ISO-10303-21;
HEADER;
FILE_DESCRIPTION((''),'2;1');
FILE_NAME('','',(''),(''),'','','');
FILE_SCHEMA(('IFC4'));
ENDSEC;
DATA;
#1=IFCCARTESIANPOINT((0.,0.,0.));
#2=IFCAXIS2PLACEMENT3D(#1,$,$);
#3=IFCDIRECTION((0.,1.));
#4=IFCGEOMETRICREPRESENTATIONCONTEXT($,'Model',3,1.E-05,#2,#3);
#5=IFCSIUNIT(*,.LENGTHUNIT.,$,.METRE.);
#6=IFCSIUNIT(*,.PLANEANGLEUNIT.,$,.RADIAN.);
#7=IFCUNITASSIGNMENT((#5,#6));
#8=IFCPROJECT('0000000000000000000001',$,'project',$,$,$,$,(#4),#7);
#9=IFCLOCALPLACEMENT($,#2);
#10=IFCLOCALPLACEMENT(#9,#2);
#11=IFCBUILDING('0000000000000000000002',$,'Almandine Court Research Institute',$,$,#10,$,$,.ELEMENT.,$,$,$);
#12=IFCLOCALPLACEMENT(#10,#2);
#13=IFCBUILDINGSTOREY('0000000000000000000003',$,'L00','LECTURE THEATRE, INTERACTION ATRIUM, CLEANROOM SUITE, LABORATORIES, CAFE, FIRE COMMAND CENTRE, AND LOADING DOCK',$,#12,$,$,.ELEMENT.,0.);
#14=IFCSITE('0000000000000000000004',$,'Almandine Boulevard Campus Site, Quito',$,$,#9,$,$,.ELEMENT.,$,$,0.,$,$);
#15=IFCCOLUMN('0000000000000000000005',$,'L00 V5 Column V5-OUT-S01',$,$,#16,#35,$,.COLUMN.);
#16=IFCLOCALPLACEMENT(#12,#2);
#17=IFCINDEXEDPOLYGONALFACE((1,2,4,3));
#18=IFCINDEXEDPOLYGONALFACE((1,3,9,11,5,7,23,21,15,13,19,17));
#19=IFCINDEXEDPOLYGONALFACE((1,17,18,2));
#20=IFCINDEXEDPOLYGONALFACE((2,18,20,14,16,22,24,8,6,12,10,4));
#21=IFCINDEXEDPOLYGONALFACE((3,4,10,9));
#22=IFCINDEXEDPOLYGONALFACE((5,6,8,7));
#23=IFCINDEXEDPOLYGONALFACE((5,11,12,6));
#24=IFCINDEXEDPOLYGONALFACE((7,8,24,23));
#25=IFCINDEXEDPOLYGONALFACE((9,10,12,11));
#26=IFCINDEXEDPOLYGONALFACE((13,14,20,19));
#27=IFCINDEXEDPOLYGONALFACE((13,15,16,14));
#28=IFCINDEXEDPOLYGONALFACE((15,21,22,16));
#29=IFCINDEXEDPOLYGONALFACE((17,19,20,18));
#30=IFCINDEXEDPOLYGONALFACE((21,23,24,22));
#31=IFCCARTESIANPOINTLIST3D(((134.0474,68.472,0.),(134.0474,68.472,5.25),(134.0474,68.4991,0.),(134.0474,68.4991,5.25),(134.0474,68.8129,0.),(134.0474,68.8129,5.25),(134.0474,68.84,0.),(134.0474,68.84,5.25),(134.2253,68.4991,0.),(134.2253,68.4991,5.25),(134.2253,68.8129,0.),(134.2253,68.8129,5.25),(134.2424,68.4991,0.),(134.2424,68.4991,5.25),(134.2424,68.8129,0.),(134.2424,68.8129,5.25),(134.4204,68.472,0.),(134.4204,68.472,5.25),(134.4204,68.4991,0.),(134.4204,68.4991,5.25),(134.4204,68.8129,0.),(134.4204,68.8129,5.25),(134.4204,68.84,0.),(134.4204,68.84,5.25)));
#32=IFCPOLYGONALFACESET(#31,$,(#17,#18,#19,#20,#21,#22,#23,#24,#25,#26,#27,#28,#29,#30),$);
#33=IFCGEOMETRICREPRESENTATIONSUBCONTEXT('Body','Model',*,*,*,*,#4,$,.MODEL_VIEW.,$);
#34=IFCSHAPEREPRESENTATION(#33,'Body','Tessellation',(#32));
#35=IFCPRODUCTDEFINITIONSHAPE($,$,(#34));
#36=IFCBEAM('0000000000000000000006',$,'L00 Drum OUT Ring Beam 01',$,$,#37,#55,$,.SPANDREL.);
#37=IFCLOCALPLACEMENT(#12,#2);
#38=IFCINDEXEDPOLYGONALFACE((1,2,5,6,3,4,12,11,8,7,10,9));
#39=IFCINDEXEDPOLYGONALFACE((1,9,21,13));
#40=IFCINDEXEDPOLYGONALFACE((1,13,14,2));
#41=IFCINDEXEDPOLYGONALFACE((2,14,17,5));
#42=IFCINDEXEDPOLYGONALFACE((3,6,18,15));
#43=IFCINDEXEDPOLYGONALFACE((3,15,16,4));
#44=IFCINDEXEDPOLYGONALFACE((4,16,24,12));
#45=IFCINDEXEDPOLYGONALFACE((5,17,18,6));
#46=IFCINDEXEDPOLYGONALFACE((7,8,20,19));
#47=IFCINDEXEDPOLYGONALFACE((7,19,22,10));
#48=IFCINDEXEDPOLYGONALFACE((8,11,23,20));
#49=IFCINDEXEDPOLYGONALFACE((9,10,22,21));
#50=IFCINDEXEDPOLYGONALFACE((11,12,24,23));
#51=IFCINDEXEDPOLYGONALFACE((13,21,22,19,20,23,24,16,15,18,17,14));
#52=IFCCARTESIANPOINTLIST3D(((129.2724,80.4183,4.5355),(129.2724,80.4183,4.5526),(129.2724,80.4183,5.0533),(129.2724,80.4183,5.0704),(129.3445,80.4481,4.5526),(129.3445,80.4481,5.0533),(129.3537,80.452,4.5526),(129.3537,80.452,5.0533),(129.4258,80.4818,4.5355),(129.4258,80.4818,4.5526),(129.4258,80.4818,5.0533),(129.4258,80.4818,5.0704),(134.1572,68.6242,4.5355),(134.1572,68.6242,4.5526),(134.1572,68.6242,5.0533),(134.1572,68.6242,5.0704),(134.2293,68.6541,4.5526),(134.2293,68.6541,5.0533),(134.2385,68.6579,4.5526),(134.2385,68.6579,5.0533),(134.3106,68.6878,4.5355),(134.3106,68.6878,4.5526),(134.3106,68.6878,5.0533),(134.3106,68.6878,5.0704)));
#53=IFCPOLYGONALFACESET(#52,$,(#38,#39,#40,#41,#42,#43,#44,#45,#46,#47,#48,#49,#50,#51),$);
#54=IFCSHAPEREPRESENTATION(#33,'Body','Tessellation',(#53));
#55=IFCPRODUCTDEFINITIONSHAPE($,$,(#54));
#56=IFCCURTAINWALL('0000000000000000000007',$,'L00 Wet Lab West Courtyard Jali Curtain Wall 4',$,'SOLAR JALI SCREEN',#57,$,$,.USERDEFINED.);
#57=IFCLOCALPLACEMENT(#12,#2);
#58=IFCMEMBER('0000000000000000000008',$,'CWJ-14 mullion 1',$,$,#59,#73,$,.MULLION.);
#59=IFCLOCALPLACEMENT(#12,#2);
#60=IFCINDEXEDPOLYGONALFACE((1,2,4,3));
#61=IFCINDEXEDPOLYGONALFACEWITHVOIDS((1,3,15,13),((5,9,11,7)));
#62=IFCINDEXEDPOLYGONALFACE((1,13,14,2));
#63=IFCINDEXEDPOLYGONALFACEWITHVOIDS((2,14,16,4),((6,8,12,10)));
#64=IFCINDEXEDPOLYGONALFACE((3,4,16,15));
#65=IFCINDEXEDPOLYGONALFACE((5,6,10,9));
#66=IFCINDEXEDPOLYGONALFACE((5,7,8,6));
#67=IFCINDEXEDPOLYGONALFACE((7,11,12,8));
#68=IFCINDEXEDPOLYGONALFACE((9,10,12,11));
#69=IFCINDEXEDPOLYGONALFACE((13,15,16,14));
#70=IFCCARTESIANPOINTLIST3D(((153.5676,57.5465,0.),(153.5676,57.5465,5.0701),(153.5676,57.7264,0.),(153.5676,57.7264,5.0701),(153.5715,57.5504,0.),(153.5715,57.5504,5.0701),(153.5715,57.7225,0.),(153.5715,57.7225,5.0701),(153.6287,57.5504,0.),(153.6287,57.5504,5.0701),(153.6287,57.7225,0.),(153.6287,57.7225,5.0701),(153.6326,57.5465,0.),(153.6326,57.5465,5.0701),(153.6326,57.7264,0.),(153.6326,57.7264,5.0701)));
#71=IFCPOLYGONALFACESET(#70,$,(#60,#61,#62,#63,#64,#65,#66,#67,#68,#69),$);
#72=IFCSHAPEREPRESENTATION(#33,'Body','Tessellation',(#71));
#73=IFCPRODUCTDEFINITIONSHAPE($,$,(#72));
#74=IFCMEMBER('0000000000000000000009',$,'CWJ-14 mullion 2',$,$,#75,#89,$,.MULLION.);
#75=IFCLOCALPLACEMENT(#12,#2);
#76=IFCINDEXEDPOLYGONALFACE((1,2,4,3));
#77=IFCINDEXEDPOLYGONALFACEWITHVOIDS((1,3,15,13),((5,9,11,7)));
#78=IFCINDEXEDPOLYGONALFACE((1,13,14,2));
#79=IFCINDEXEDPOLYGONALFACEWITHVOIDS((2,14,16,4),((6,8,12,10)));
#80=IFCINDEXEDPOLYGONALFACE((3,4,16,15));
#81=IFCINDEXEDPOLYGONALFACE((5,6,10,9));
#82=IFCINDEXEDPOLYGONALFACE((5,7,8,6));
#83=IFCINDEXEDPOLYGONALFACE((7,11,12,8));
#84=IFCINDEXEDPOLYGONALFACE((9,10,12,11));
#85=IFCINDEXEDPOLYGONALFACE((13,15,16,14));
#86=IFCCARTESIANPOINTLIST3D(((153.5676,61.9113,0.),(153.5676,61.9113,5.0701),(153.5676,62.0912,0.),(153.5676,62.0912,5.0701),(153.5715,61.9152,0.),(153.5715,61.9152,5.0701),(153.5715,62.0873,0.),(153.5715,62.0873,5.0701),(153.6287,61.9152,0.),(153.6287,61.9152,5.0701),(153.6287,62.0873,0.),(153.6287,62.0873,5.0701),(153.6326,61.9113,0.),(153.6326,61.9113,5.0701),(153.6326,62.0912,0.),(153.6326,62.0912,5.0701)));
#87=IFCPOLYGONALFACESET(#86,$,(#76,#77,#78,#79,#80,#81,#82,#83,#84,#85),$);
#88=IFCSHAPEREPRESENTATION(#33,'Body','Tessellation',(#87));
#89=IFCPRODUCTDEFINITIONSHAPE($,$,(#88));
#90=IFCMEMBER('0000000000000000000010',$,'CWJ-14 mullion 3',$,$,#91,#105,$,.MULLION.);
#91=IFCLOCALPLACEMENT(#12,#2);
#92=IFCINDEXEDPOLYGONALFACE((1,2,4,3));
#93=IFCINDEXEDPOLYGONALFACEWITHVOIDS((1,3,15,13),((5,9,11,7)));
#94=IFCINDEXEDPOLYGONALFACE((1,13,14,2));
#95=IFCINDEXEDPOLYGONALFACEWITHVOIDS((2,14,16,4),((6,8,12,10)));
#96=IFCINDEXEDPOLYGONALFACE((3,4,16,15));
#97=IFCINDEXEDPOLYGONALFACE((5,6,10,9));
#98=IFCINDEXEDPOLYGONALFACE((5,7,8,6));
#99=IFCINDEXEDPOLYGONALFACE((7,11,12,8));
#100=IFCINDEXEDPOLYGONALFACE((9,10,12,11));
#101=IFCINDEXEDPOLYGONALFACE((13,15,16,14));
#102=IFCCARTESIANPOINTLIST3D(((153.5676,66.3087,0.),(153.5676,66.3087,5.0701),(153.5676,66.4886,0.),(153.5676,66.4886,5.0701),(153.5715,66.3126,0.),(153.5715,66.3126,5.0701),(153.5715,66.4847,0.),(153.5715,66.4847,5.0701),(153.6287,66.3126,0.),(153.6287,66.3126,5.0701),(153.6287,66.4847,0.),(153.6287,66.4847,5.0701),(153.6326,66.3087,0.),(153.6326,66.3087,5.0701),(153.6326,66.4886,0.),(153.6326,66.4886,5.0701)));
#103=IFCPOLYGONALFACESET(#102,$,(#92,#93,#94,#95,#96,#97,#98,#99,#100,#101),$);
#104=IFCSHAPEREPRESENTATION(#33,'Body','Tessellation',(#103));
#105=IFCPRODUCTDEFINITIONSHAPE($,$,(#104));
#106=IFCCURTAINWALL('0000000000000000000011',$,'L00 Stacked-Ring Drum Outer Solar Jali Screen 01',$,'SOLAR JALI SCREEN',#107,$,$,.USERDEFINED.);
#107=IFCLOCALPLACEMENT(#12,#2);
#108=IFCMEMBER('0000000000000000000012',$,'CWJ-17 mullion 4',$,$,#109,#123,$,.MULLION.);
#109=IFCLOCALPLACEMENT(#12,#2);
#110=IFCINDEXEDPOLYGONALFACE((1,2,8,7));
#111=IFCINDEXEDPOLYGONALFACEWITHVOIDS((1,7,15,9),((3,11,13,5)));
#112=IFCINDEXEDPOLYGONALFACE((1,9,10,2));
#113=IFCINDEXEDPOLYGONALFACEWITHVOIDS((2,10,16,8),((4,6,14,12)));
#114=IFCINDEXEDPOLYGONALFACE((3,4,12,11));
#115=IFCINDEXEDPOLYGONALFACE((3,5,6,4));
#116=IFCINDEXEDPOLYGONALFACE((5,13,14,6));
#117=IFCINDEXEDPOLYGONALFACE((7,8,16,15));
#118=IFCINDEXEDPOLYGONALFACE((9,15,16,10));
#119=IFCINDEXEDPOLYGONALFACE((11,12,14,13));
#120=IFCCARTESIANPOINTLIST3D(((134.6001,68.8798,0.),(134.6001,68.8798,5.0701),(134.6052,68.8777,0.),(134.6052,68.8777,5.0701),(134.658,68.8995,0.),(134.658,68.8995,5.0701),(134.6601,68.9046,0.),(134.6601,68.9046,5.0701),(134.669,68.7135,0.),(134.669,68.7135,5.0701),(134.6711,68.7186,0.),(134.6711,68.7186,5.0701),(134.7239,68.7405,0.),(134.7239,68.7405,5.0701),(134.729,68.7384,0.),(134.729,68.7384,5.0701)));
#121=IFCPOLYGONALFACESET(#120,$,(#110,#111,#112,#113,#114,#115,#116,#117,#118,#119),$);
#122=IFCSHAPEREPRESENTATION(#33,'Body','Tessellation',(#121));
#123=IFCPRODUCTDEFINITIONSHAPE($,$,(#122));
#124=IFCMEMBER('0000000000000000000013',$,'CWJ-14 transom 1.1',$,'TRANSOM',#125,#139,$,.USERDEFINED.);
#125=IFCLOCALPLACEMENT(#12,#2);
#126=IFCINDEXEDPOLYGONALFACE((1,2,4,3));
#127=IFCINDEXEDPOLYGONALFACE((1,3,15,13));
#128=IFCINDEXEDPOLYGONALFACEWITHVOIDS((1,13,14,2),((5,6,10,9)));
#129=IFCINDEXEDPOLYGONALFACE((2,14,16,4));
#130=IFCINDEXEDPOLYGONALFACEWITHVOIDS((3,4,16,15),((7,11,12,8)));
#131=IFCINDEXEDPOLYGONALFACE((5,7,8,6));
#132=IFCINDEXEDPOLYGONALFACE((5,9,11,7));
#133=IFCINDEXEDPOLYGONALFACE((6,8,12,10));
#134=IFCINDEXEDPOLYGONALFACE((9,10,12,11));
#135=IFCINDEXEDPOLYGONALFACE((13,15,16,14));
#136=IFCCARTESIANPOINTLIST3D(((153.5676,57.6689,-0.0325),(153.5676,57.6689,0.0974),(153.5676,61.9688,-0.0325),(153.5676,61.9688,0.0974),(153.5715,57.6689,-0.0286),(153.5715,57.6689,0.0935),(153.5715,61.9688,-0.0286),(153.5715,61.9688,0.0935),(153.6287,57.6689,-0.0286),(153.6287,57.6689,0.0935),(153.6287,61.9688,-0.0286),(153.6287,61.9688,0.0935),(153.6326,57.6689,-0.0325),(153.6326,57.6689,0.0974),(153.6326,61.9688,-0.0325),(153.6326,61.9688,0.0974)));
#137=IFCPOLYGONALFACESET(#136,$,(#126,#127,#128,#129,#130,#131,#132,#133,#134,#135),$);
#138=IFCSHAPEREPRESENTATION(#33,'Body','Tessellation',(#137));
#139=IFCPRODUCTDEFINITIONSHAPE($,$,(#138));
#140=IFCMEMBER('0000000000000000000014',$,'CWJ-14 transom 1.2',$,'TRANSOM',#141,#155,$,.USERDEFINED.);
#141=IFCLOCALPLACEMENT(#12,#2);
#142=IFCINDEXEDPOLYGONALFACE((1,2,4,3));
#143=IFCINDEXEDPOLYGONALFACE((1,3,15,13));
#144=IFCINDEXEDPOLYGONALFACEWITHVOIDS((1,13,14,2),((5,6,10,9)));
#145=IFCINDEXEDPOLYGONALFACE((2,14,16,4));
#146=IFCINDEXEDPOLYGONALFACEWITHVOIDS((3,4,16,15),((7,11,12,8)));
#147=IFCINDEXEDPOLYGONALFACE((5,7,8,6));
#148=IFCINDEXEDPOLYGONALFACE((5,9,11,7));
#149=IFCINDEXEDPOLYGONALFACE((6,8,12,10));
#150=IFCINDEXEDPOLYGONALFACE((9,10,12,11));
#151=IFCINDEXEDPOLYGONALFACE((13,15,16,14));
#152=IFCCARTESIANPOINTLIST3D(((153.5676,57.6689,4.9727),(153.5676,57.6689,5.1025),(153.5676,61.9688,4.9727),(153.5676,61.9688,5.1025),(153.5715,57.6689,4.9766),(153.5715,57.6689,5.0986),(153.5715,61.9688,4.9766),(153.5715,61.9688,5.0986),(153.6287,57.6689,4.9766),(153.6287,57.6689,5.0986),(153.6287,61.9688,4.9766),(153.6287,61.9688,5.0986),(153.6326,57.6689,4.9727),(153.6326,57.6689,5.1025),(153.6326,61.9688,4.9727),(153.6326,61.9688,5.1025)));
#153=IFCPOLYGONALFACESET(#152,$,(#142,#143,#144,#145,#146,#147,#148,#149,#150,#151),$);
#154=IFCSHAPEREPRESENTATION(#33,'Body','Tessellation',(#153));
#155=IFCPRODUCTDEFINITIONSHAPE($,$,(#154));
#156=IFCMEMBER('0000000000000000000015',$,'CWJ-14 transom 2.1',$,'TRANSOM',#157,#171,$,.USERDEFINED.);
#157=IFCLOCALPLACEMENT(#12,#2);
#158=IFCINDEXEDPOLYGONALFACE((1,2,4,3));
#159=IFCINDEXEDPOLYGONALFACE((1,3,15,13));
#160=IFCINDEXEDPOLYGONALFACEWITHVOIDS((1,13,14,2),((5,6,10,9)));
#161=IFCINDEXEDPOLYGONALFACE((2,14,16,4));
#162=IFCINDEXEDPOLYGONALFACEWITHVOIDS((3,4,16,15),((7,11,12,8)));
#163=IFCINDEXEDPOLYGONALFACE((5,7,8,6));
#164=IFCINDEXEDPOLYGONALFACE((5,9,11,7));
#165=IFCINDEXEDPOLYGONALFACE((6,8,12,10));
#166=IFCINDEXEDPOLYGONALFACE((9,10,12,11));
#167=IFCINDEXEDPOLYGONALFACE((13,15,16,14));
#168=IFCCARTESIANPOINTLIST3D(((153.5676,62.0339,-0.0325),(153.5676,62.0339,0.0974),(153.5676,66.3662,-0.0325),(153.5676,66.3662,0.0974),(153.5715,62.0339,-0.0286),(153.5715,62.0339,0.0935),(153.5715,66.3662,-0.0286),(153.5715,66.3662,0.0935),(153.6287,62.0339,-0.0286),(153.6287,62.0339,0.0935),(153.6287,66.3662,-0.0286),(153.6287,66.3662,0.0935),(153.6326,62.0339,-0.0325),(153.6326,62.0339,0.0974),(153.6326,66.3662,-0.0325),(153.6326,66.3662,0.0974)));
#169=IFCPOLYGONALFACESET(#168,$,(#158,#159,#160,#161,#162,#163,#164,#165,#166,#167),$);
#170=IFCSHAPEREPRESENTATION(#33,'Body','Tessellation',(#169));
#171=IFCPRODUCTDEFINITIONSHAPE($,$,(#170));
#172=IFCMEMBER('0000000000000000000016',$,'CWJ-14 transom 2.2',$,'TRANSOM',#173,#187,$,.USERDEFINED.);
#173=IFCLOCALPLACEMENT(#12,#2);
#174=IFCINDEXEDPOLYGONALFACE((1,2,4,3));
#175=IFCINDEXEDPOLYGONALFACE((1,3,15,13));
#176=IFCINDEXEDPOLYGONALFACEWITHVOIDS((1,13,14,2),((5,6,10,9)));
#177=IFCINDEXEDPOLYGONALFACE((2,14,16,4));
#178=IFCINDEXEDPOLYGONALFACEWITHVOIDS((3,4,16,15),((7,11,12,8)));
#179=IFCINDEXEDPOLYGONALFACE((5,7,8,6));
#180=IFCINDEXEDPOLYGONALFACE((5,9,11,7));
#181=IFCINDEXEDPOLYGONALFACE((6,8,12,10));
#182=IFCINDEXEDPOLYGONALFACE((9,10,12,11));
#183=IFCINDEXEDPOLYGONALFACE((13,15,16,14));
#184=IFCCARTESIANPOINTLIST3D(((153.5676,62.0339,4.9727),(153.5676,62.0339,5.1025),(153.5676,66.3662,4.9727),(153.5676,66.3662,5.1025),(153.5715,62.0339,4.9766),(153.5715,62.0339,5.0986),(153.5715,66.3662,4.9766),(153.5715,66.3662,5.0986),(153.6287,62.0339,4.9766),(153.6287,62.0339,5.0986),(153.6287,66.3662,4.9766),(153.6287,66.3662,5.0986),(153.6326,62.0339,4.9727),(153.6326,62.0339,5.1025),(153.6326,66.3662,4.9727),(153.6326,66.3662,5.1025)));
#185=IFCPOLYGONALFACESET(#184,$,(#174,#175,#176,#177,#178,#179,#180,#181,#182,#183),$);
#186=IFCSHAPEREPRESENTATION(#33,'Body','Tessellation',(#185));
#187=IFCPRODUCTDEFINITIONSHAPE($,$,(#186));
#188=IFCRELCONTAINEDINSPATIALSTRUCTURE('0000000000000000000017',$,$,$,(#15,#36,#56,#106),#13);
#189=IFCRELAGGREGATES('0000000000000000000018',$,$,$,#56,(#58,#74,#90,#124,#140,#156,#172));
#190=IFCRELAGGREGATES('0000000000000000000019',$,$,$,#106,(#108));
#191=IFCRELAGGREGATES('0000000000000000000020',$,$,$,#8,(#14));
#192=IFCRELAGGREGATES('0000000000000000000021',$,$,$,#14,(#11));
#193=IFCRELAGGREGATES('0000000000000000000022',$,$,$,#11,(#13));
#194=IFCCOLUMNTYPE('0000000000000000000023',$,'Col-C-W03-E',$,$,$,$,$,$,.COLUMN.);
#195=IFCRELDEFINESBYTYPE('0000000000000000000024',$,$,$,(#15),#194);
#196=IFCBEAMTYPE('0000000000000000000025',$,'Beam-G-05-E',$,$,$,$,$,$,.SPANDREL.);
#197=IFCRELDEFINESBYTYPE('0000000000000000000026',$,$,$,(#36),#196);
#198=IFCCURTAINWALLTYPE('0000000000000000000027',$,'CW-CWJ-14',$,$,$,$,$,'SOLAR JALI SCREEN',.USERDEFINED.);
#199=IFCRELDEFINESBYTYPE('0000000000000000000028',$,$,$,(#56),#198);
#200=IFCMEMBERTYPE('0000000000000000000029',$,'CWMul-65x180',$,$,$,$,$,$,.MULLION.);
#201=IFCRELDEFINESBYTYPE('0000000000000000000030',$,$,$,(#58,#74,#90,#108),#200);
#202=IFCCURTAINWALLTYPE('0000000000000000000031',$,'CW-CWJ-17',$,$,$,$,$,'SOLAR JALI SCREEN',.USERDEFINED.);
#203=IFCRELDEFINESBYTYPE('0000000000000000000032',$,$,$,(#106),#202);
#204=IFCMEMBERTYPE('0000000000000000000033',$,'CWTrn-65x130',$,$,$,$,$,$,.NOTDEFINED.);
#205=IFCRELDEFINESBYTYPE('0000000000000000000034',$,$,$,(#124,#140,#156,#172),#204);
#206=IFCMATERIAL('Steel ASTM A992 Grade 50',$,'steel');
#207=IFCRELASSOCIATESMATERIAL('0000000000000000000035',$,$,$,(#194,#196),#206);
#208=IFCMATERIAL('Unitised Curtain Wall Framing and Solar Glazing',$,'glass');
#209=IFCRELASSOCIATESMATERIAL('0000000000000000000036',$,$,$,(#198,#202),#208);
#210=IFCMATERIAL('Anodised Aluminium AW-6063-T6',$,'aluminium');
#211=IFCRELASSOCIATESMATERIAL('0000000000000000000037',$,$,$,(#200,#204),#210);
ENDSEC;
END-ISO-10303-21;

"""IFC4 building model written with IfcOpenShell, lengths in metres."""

from ifc_helpers import new_model, si_unit, direction, frame, origin, origin_2d, place, context, subcontext, project, spatial, hollow_rectangle, i_section, extrude, material, material_profile, profile_set, type_object, element, aggregate, save


model = new_model("IFC4")

# Units and contexts
model_context = context("Model", 3, precision=1e-05, world=origin(), true_north=direction((0.0, 1.0)))
body_context = subcontext(model_context, "Body", "Model", "MODEL_VIEW")
ifc_project = project(units=[si_unit("LENGTHUNIT", "METRE"), si_unit("PLANEANGLEUNIT", "RADIAN")], contexts=[model_context])

# Site, building, storey
site_placement = place(None, origin())
site = spatial("IfcSite", under=ifc_project, at=site_placement, Name="Almandine Boulevard Campus Site, Quito", CompositionType="ELEMENT", RefElevation=0.0)
building_placement = place(site_placement, origin())
building = spatial("IfcBuilding", under=site, at=building_placement, Name="Almandine Court Research Institute", CompositionType="ELEMENT")
storey_placement = place(building_placement, origin())
storey = spatial("IfcBuildingStorey", under=building, at=storey_placement, Name="L00", Description="LECTURE THEATRE, INTERACTION ATRIUM, CLEANROOM SUITE, LABORATORIES, CAFE, FIRE COMMAND CENTRE, AND LOADING DOCK", CompositionType="ELEMENT", Elevation=0.0)

# Column
ifc_material_1 = material(Name="Steel ASTM A992 Grade 50", Category="steel")
ifc_material_profile_1 = material_profile(ifc_material_1, i_section(OverallWidth=0.373, OverallDepth=0.3679, WebThickness=0.0171, FlangeThickness=0.0271, at=origin_2d()), Name="W360x179")
ifc_profile_set_1 = profile_set([ifc_material_profile_1], Name="Steel ASTM A992 Grade 50")
column_type = type_object("IfcColumnType", Name="Col-C-W03-E", PredefinedType="COLUMN", material=ifc_profile_set_1)
column_placement = place(storey_placement, frame((134.2339, 68.656, 0.0), z_axis=(0.0, 0.0, 1.0), x_axis=(1.0, 0.0, 0.0)))
element("IfcColumn", 1, at=column_placement, inside=storey, type_object=column_type, Name="L00 V5 Column V5-OUT-S01", PredefinedType="COLUMN", context=body_context, shape_type="SweptSolid", body=[
    extrude(i_section(OverallWidth=0.373, OverallDepth=0.3679, WebThickness=0.0171, FlangeThickness=0.0271, at=origin_2d()), origin(), (0.0, 0.0, 1.0), 5.25),
])

# Beam
ifc_material_profile_2 = material_profile(ifc_material_1, i_section(OverallWidth=0.166, OverallDepth=0.5349, WebThickness=0.01, FlangeThickness=0.0171, at=origin_2d()), Name="W530x85")
ifc_profile_set_2 = profile_set([ifc_material_profile_2], Name="Steel ASTM A992 Grade 50")
beam_type = type_object("IfcBeamType", Name="Beam-G-05-E", PredefinedType="SPANDREL", material=ifc_profile_set_2)
beam_placement = place(storey_placement, frame((134.2339, 68.656, 4.803), z_axis=(-0.382654, 0.923892, 0.0), x_axis=(-0.923892, -0.382654, 0.0)))
element("IfcBeam", 2, at=beam_placement, inside=storey, type_object=beam_type, Name="L00 Drum OUT Ring Beam 01", PredefinedType="SPANDREL", context=body_context, shape_type="SweptSolid", body=[
    extrude(i_section(OverallWidth=0.166, OverallDepth=0.5349, WebThickness=0.01, FlangeThickness=0.0171, at=origin_2d()), origin(), (0.0, 0.0, 1.0), 12.7656),
])

# Curtain wall, members
ifc_material_2 = material(Name="Unitised Curtain Wall Framing and Solar Glazing", Category="glass")
curtain_wall_type_1 = type_object("IfcCurtainWallType", Name="CW-CWJ-14", ElementType="SOLAR JALI SCREEN", PredefinedType="USERDEFINED", material=ifc_material_2)
curtain_wall_1_placement = place(storey_placement, origin())
curtain_wall_1 = element("IfcCurtainWall", 3, at=curtain_wall_1_placement, inside=storey, type_object=curtain_wall_type_1, Name="L00 Wet Lab West Courtyard Jali Curtain Wall 4", ObjectType="SOLAR JALI SCREEN", PredefinedType="USERDEFINED")
ifc_material_3 = material(Name="Anodised Aluminium AW-6063-T6", Category="aluminium")
ifc_material_profile_3 = material_profile(ifc_material_3, hollow_rectangle(XDim=0.0649, YDim=0.1799, WallThickness=0.0039, at=origin_2d()), Name="ALU RHS 65x180x4")
ifc_profile_set_3 = profile_set([ifc_material_profile_3], Name="Anodised Aluminium AW-6063-T6")
member_type_1 = type_object("IfcMemberType", Name="CWMul-65x180", PredefinedType="MULLION", material=ifc_profile_set_3)
member_1_placement = place(storey_placement, frame((153.6001, 57.6365, 0.0), z_axis=(0.0, 0.0, 1.0), x_axis=(-1.0, 0.0, 0.0)))
member_1 = element("IfcMember", 4, at=member_1_placement, type_object=member_type_1, Name="CWJ-14 mullion 1", PredefinedType="MULLION", context=body_context, shape_type="SweptSolid", body=[
    extrude(hollow_rectangle(XDim=0.0649, YDim=0.1799, WallThickness=0.0039, at=origin_2d()), origin(), (0.0, 0.0, 1.0), 5.0701),
])
member_2_placement = place(storey_placement, frame((153.6001, 62.0012, 0.0), z_axis=(0.0, 0.0, 1.0), x_axis=(-1.0, 0.0, 0.0)))
member_2 = element("IfcMember", 5, at=member_2_placement, type_object=member_type_1, Name="CWJ-14 mullion 2", PredefinedType="MULLION", context=body_context, shape_type="SweptSolid", body=[
    extrude(hollow_rectangle(XDim=0.0649, YDim=0.1799, WallThickness=0.0039, at=origin_2d()), origin(), (0.0, 0.0, 1.0), 5.0701),
])
member_3_placement = place(storey_placement, frame((153.6001, 66.3987, 0.0), z_axis=(0.0, 0.0, 1.0), x_axis=(-1.0, 0.0, 0.0)))
member_3 = element("IfcMember", 6, at=member_3_placement, type_object=member_type_1, Name="CWJ-14 mullion 3", PredefinedType="MULLION", context=body_context, shape_type="SweptSolid", body=[
    extrude(hollow_rectangle(XDim=0.0649, YDim=0.1799, WallThickness=0.0039, at=origin_2d()), origin(), (0.0, 0.0, 1.0), 5.0701),
])

# Curtain wall, member
curtain_wall_type_2 = type_object("IfcCurtainWallType", Name="CW-CWJ-17", ElementType="SOLAR JALI SCREEN", PredefinedType="USERDEFINED", material=ifc_material_2)
curtain_wall_2_placement = place(storey_placement, origin())
curtain_wall_2 = element("IfcCurtainWall", 7, at=curtain_wall_2_placement, inside=storey, type_object=curtain_wall_type_2, Name="L00 Stacked-Ring Drum Outer Solar Jali Screen 01", ObjectType="SOLAR JALI SCREEN", PredefinedType="USERDEFINED")
member_4_placement = place(storey_placement, frame((134.6646, 68.8091, 0.0), z_axis=(0.0, 0.0, 1.0), x_axis=(0.923888, 0.382663, 0.0)))
member_4 = element("IfcMember", 8, at=member_4_placement, type_object=member_type_1, Name="CWJ-17 mullion 4", PredefinedType="MULLION", context=body_context, shape_type="SweptSolid", body=[
    extrude(hollow_rectangle(XDim=0.0649, YDim=0.1799, WallThickness=0.0039, at=origin_2d()), origin(), (0.0, 0.0, 1.0), 5.0701),
])

# Members
ifc_material_profile_4 = material_profile(ifc_material_3, hollow_rectangle(XDim=0.0649, YDim=0.1299, WallThickness=0.0039, at=origin_2d()), Name="ALU RHS 65x130x4")
ifc_profile_set_4 = profile_set([ifc_material_profile_4], Name="Anodised Aluminium AW-6063-T6")
member_type_2 = type_object("IfcMemberType", Name="CWTrn-65x130", PredefinedType="NOTDEFINED", material=ifc_profile_set_4)
member_5_placement = place(storey_placement, frame((153.6001, 57.6689, 0.0325), z_axis=(0.0, 1.0, 0.0), x_axis=(-1.0, 0.0, 0.0)))
member_5 = element("IfcMember", 9, at=member_5_placement, type_object=member_type_2, Name="CWJ-14 transom 1.1", ObjectType="TRANSOM", PredefinedType="USERDEFINED", context=body_context, shape_type="SweptSolid", body=[
    extrude(hollow_rectangle(XDim=0.0649, YDim=0.1299, WallThickness=0.0039, at=origin_2d()), origin(), (0.0, 0.0, 1.0), 4.2998),
])
member_6_placement = place(storey_placement, frame((153.6001, 57.6689, 5.0376), z_axis=(0.0, 1.0, 0.0), x_axis=(-1.0, 0.0, 0.0)))
member_6 = element("IfcMember", 10, at=member_6_placement, type_object=member_type_2, Name="CWJ-14 transom 1.2", ObjectType="TRANSOM", PredefinedType="USERDEFINED", context=body_context, shape_type="SweptSolid", body=[
    extrude(hollow_rectangle(XDim=0.0649, YDim=0.1299, WallThickness=0.0039, at=origin_2d()), origin(), (0.0, 0.0, 1.0), 4.2998),
])
member_7_placement = place(storey_placement, frame((153.6001, 62.0339, 0.0325), z_axis=(0.0, 1.0, 0.0), x_axis=(-1.0, 0.0, 0.0)))
member_7 = element("IfcMember", 11, at=member_7_placement, type_object=member_type_2, Name="CWJ-14 transom 2.1", ObjectType="TRANSOM", PredefinedType="USERDEFINED", context=body_context, shape_type="SweptSolid", body=[
    extrude(hollow_rectangle(XDim=0.0649, YDim=0.1299, WallThickness=0.0039, at=origin_2d()), origin(), (0.0, 0.0, 1.0), 4.3323),
])
member_8_placement = place(storey_placement, frame((153.6001, 62.0339, 5.0376), z_axis=(0.0, 1.0, 0.0), x_axis=(-1.0, 0.0, 0.0)))
member_8 = element("IfcMember", 12, at=member_8_placement, type_object=member_type_2, Name="CWJ-14 transom 2.2", ObjectType="TRANSOM", PredefinedType="USERDEFINED", context=body_context, shape_type="SweptSolid", body=[
    extrude(hollow_rectangle(XDim=0.0649, YDim=0.1299, WallThickness=0.0039, at=origin_2d()), origin(), (0.0, 0.0, 1.0), 4.3323),
])

aggregate(curtain_wall_1, [member_1, member_2, member_3, member_5, member_6, member_7, member_8])
aggregate(curtain_wall_2, [member_4])

save(model, "model.ifc")
